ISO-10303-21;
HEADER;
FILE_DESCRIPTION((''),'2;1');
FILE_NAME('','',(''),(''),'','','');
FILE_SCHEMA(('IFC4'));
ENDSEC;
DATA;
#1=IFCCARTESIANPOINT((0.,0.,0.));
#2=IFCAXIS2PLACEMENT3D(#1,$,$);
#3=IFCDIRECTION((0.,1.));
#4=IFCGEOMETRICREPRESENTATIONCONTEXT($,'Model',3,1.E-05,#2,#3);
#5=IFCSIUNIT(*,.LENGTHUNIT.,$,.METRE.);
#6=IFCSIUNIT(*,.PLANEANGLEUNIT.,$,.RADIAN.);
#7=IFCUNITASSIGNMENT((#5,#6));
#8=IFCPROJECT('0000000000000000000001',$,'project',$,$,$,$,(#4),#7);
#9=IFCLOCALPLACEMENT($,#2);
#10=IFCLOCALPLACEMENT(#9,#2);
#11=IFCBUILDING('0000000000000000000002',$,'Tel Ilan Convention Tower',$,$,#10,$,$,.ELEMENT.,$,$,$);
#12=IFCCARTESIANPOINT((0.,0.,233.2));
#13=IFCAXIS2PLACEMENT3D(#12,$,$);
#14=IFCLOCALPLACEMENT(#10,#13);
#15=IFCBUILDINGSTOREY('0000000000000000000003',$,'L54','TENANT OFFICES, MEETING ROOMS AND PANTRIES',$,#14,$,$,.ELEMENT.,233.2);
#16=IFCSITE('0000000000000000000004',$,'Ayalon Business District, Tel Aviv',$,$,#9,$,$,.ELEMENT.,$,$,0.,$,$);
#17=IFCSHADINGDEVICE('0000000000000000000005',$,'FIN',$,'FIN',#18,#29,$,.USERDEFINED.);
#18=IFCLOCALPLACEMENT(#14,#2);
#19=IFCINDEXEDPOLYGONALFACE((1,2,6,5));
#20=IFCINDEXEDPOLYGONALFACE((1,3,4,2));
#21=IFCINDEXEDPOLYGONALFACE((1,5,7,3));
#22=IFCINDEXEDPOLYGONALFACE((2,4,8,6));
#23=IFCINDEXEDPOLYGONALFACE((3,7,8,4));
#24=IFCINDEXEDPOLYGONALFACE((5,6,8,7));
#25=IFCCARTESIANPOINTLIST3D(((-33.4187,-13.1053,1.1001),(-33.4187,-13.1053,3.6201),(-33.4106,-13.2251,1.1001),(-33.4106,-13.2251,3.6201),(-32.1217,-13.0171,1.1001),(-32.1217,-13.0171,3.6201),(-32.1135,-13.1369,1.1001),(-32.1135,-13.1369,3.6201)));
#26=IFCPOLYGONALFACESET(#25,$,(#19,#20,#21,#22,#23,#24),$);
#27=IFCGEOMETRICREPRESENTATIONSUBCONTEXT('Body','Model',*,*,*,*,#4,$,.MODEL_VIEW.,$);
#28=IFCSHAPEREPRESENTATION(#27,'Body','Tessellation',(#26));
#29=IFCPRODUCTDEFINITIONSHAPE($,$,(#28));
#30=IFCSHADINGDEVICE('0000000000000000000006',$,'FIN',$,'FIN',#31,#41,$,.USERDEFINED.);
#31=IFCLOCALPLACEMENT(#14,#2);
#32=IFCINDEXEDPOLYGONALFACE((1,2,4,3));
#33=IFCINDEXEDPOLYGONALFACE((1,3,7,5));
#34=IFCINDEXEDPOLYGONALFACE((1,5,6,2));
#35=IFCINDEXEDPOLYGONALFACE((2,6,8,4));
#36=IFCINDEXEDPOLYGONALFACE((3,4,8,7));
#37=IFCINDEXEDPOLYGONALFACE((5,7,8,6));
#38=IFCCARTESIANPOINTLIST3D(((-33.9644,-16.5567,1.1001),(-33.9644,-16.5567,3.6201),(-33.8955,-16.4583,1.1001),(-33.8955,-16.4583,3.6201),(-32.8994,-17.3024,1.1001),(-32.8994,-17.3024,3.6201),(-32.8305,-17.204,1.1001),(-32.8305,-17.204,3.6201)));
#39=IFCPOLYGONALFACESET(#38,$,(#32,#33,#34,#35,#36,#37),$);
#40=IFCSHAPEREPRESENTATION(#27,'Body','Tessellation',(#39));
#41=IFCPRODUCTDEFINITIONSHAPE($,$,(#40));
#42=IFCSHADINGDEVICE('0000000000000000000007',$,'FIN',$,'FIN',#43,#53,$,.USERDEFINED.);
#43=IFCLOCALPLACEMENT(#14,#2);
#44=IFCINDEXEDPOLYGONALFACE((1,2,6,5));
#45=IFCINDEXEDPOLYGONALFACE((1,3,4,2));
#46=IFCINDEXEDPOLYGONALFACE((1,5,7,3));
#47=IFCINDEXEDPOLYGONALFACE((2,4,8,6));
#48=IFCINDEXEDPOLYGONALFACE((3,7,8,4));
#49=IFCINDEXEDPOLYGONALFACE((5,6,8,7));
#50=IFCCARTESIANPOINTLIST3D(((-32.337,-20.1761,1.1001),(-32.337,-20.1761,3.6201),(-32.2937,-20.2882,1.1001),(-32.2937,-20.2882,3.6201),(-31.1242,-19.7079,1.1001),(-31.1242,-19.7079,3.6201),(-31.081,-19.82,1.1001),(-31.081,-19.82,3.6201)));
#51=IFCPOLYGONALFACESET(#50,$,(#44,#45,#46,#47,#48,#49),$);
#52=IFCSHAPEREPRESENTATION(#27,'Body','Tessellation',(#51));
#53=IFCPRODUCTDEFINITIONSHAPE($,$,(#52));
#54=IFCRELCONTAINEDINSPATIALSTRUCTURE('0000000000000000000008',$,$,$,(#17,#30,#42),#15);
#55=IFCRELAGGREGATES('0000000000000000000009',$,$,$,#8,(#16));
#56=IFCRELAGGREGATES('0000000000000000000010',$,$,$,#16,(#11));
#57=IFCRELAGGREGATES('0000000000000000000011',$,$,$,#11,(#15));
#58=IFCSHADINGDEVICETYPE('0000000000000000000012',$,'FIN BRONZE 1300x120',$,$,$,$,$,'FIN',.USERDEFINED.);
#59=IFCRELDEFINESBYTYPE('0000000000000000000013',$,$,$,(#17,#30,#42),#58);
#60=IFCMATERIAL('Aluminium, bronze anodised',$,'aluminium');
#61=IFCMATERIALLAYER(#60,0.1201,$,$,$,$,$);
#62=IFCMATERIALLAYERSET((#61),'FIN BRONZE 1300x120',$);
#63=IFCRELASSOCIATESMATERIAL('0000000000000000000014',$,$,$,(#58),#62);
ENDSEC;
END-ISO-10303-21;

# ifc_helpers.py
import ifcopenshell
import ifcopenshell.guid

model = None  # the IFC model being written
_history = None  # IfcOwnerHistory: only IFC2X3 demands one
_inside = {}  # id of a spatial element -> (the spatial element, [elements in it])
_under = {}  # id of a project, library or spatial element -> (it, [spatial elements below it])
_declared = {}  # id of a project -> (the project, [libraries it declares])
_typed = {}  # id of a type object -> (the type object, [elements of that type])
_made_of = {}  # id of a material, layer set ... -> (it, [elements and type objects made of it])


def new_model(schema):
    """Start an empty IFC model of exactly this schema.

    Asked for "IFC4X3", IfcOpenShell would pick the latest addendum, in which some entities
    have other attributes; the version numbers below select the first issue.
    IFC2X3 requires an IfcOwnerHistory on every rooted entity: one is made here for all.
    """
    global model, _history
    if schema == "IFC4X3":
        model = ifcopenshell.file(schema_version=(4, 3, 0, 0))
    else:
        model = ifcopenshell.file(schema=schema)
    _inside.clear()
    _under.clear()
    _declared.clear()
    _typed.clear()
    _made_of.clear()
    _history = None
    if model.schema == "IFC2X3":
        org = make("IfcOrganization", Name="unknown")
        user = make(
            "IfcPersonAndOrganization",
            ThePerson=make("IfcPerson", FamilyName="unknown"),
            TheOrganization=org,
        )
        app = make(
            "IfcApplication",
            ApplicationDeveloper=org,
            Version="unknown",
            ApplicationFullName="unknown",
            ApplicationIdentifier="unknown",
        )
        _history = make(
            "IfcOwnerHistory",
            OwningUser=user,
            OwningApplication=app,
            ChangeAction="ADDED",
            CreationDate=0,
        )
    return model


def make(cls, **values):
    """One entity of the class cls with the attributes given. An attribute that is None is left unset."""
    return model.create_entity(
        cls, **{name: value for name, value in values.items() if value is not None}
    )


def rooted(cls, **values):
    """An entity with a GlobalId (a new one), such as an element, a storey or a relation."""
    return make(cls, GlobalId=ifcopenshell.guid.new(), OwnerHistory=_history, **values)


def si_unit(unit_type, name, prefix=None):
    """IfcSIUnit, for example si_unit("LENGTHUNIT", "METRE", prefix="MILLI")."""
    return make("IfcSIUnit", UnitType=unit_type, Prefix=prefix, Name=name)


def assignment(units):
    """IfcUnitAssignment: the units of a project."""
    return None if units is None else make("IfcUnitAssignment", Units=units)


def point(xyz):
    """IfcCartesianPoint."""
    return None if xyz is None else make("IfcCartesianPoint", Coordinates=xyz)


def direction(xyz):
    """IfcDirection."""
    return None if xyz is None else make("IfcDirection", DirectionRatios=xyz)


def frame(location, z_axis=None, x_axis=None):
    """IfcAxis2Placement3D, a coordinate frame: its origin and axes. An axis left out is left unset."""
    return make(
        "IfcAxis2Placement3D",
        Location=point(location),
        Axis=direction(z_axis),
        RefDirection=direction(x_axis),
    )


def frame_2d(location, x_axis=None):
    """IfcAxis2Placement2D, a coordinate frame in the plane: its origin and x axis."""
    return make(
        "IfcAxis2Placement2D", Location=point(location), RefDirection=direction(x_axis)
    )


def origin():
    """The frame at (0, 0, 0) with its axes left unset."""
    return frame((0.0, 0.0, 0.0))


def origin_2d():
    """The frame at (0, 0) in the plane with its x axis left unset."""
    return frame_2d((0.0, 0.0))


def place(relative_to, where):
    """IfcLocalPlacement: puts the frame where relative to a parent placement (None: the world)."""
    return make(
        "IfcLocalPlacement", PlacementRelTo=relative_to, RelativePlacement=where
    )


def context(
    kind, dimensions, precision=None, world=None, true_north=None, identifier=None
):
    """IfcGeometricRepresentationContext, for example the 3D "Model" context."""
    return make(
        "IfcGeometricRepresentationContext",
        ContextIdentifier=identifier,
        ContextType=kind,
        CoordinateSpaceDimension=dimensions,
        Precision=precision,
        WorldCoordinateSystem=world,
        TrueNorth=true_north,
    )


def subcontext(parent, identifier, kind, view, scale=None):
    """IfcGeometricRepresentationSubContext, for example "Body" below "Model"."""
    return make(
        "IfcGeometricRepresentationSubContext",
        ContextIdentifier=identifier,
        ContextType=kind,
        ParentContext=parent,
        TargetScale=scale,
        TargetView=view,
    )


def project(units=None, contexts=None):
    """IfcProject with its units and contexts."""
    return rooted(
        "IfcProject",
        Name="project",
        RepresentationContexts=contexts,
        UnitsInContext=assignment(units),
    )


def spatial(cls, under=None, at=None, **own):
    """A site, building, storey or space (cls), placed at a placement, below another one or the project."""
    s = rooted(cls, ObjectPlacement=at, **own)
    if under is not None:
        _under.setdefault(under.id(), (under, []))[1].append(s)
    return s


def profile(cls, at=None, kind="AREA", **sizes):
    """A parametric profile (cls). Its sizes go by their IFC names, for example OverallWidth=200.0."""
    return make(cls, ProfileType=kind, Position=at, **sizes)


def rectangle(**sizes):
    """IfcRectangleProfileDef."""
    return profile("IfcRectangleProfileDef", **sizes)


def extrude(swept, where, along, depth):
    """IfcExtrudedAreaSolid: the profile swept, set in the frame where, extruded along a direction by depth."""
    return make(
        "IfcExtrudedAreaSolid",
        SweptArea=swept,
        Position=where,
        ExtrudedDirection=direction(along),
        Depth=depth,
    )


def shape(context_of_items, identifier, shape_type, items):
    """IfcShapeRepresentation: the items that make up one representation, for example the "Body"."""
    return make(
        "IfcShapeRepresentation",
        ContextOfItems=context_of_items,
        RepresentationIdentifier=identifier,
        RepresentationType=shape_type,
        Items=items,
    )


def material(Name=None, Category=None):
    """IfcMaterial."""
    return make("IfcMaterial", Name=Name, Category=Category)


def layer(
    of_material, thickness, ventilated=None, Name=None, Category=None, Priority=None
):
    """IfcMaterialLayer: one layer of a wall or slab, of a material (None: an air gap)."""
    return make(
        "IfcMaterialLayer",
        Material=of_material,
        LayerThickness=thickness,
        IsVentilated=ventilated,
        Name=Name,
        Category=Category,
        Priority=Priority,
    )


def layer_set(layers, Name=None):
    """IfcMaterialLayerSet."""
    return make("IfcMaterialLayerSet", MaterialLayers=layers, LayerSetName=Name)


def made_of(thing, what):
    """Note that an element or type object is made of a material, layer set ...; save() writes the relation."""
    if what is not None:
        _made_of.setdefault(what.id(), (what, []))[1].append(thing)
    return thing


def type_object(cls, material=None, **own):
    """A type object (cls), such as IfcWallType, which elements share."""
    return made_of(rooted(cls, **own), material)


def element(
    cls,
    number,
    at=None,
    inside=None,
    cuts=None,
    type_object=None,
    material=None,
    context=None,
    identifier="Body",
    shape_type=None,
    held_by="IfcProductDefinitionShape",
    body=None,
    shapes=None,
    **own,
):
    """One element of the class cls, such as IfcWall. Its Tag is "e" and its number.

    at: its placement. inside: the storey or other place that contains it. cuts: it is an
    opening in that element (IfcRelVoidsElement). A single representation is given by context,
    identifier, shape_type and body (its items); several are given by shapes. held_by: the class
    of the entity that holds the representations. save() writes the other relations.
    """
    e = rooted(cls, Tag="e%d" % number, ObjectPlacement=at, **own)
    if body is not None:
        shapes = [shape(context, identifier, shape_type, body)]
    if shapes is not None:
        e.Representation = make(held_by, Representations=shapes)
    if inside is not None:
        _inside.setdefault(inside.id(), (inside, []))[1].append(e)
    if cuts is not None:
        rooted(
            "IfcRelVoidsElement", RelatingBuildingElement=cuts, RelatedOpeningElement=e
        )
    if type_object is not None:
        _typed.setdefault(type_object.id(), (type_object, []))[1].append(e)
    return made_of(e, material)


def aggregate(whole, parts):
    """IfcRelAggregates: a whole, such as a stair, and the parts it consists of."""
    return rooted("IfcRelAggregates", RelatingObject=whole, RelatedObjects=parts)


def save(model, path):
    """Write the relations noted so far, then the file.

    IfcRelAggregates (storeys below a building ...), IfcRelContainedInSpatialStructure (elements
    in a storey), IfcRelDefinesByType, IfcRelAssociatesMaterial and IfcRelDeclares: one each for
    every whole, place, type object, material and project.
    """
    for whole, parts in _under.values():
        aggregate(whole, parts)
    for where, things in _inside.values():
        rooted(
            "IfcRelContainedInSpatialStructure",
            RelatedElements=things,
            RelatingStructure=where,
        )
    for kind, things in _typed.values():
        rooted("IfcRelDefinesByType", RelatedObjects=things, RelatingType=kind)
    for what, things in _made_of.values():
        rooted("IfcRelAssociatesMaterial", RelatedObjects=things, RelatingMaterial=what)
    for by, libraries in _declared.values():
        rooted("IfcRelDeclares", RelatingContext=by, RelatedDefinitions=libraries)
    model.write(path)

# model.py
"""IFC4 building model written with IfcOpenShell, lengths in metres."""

from ifc_helpers import new_model, si_unit, direction, frame, origin, origin_2d, place, context, subcontext, project, spatial, rectangle, extrude, material, layer, layer_set, type_object, element, save


model = new_model("IFC4")

# Units and contexts
model_context = context("Model", 3, precision=1e-05, world=origin(), true_north=direction((0.0, 1.0)))
body_context = subcontext(model_context, "Body", "Model", "MODEL_VIEW")
ifc_project = project(units=[si_unit("LENGTHUNIT", "METRE"), si_unit("PLANEANGLEUNIT", "RADIAN")], contexts=[model_context])

# Site, building, storey
site_placement = place(None, origin())
site = spatial("IfcSite", under=ifc_project, at=site_placement, Name="Ayalon Business District, Tel Aviv", CompositionType="ELEMENT", RefElevation=0.0)
building_placement = place(site_placement, origin())
building = spatial("IfcBuilding", under=site, at=building_placement, Name="Tel Ilan Convention Tower", CompositionType="ELEMENT")
storey_placement = place(building_placement, frame((0.0, 0.0, 233.2)))
storey = spatial("IfcBuildingStorey", under=building, at=storey_placement, Name="L54", Description="TENANT OFFICES, MEETING ROOMS AND PANTRIES", CompositionType="ELEMENT", Elevation=233.2)

# Shading devices
ifc_material_1 = material(Name="Aluminium, bronze anodised", Category="aluminium")
ifc_layer_1 = layer(ifc_material_1, 0.1201)
ifc_layer_set_1 = layer_set([ifc_layer_1], Name="FIN BRONZE 1300x120")
shading_device_type = type_object("IfcShadingDeviceType", Name="FIN BRONZE 1300x120", ElementType="FIN", PredefinedType="USERDEFINED", material=ifc_layer_set_1)
for number, where, z_axis, x_axis, name in (
    (1, (-32.7661, -13.1211, 1.1001), (0.0, 0.0, 1.0), (-0.997697, -0.067822, 0.0), "FIN"),
    (2, (-33.3975, -16.8804, 1.1001), (0.0, 0.0, 1.0), (-0.819152, 0.573576, 0.0), "FIN"),
    (3, (-31.709, -19.998, 1.1001), (0.0, 0.0, 1.0), (-0.932884, -0.360178, 0.0), "FIN"),
):
    element("IfcShadingDevice", number, at=place(storey_placement, frame(where, z_axis=z_axis, x_axis=x_axis)), inside=storey, type_object=shading_device_type, Name=name, ObjectType="FIN", PredefinedType="USERDEFINED", context=body_context, shape_type="SweptSolid", body=[
        extrude(rectangle(XDim=1.3, YDim=0.1201, at=origin_2d()), origin(), (0.0, 0.0, 1.0), 2.52),
    ])

save(model, "model.ifc")
